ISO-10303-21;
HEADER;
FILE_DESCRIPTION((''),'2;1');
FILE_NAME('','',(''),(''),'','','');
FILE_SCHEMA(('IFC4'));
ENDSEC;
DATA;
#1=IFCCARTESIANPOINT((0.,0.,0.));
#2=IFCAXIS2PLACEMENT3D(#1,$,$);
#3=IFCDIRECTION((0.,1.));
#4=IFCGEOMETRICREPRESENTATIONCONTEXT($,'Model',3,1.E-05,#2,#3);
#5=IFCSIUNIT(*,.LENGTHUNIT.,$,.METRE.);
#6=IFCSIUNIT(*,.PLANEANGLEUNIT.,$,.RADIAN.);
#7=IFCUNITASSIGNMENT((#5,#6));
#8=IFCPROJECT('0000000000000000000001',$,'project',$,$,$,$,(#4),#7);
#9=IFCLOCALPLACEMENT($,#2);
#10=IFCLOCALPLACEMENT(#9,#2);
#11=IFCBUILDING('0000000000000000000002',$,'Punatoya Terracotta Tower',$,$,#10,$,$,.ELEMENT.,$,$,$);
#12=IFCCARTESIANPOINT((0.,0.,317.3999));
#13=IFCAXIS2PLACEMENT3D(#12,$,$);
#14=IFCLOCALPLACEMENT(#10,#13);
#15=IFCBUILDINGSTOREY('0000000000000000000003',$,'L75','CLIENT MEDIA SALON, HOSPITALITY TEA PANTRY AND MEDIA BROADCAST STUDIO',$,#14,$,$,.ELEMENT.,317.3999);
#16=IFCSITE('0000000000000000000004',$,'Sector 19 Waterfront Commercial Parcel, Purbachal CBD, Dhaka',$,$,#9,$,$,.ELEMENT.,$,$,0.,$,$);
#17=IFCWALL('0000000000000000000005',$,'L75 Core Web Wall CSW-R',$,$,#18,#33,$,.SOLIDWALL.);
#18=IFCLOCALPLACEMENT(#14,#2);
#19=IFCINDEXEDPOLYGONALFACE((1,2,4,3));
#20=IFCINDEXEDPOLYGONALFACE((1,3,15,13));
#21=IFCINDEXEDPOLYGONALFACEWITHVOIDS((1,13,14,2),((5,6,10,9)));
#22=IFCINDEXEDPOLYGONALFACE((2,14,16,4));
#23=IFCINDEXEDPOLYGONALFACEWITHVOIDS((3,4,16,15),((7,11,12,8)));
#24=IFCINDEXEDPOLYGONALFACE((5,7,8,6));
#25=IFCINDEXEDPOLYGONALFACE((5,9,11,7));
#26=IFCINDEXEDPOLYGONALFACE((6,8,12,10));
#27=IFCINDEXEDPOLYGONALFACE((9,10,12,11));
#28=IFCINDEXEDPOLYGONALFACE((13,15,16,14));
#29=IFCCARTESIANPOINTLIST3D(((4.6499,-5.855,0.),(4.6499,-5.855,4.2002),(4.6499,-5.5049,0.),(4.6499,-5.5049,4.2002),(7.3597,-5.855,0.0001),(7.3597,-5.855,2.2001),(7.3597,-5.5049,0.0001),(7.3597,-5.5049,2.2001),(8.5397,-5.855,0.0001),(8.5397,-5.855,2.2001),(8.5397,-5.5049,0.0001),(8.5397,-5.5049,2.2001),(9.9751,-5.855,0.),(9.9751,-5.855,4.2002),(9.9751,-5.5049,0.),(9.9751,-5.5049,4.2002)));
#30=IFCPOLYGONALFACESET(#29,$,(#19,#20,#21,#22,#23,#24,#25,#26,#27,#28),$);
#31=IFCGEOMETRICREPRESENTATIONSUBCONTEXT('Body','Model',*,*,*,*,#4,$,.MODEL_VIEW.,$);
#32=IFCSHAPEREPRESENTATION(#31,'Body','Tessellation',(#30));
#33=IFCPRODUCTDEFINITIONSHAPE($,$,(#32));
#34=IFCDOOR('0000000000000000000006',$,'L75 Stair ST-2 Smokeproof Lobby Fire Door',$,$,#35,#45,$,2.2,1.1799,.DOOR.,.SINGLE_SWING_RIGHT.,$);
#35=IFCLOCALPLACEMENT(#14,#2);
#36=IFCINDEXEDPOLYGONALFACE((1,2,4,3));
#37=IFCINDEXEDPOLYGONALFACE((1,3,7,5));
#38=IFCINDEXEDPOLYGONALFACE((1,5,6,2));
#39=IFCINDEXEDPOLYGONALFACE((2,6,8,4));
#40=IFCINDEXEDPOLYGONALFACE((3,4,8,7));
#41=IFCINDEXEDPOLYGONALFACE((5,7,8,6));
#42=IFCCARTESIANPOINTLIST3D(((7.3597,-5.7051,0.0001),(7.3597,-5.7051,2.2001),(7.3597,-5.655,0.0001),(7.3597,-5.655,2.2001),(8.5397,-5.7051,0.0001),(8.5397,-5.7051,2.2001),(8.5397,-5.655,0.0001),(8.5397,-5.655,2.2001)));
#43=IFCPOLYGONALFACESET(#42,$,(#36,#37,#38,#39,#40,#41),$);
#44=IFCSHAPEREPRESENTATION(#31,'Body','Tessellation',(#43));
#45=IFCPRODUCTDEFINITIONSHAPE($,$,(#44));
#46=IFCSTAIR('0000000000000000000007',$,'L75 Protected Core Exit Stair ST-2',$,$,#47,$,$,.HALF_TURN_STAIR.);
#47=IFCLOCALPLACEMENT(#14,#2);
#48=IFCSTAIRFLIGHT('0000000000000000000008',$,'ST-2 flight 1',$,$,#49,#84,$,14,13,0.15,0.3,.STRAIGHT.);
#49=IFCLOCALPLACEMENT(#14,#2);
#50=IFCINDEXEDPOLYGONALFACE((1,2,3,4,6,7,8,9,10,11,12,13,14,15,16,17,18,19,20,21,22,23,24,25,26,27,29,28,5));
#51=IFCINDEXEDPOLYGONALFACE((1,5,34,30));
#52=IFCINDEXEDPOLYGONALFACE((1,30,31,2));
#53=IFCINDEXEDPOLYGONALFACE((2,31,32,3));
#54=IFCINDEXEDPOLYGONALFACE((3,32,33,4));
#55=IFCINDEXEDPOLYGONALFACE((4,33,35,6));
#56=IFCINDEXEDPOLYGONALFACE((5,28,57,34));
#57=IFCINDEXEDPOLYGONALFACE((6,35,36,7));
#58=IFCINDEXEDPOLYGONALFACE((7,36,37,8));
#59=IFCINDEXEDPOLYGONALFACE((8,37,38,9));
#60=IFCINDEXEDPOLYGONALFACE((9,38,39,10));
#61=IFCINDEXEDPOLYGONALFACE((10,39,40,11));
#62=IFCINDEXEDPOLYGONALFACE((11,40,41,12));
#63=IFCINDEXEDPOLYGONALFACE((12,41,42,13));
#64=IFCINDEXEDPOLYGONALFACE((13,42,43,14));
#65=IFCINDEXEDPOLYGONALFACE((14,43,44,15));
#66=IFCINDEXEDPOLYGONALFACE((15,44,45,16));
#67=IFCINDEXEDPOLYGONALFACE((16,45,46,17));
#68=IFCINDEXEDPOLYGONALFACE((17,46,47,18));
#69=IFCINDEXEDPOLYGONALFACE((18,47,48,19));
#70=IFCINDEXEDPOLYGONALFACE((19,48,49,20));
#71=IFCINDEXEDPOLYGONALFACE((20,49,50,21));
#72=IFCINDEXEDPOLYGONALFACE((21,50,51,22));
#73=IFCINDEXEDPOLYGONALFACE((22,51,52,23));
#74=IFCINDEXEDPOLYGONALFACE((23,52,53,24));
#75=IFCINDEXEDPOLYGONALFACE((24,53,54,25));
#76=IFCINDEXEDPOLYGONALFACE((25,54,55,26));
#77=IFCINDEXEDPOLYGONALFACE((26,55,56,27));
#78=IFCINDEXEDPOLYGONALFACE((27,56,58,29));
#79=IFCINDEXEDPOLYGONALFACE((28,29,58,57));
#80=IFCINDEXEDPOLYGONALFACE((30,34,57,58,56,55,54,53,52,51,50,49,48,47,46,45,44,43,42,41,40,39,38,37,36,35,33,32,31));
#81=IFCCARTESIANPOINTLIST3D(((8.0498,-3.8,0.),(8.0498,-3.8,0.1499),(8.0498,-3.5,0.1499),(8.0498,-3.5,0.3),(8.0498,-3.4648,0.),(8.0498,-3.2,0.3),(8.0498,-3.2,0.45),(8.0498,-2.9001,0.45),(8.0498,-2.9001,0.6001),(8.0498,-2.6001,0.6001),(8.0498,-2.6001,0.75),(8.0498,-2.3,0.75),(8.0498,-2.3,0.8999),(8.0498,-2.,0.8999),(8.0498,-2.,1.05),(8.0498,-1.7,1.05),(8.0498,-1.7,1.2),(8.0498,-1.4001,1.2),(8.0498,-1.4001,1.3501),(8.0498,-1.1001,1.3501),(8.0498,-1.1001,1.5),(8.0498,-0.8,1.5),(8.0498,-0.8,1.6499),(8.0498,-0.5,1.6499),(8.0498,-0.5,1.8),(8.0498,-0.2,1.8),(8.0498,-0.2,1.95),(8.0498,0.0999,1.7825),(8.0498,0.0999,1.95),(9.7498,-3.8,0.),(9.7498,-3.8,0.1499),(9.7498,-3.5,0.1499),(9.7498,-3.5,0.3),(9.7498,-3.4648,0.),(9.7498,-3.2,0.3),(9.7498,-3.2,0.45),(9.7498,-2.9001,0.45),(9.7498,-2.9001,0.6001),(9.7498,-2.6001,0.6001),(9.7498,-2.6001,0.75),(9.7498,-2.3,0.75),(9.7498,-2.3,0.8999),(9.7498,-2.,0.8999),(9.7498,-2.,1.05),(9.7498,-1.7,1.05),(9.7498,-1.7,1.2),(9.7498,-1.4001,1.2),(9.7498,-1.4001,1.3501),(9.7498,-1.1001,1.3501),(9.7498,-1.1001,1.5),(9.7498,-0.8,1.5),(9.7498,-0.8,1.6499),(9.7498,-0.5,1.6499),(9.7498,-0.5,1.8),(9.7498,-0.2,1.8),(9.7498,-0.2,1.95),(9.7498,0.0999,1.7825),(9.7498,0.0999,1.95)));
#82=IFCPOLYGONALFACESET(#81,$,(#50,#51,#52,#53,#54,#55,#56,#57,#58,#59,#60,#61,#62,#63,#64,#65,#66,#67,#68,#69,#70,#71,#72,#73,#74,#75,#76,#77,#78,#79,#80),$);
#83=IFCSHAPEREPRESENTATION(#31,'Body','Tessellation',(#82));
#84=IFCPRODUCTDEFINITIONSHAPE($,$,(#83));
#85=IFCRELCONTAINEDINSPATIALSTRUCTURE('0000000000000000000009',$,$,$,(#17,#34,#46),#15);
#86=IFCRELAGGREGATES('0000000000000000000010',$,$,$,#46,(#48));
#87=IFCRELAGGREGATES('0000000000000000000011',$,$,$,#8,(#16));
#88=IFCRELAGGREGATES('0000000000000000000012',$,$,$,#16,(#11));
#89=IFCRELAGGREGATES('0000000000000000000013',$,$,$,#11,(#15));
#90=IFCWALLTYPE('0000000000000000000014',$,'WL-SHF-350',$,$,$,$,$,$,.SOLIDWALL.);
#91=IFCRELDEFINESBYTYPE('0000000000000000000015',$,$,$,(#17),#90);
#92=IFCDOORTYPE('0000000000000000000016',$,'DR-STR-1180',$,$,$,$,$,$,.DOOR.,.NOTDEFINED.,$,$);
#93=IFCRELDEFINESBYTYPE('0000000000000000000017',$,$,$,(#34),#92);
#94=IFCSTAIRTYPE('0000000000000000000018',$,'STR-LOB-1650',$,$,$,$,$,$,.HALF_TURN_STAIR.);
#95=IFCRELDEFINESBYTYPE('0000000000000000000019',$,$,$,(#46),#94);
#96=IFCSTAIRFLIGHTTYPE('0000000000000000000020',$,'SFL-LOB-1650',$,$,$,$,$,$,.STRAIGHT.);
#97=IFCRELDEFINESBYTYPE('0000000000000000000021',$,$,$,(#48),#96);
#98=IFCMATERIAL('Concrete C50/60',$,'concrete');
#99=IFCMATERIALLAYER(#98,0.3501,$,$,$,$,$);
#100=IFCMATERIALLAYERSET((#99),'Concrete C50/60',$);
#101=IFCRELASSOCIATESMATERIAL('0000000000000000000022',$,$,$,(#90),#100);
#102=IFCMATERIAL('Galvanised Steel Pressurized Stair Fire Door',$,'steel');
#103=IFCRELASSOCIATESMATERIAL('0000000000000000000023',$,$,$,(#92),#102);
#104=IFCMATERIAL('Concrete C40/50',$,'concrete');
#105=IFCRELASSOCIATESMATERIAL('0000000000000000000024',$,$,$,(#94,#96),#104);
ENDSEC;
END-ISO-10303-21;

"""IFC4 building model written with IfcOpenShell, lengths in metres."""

from ifc_helpers import new_model, si_unit, direction, frame, frame_2d, origin, place, context, subcontext, project, spatial, polyline, rectangle, outline, extrude, material, layer, layer_set, type_object, element, fill, aggregate, save


model = new_model("IFC4")

# Units and contexts
model_context = context("Model", 3, precision=1e-05, world=origin(), true_north=direction((0.0, 1.0)))
body_context = subcontext(model_context, "Body", "Model", "MODEL_VIEW")
ifc_project = project(units=[si_unit("LENGTHUNIT", "METRE"), si_unit("PLANEANGLEUNIT", "RADIAN")], contexts=[model_context])

# Site, building, storey
site_placement = place(None, origin())
site = spatial("IfcSite", under=ifc_project, at=site_placement, Name="Sector 19 Waterfront Commercial Parcel, Purbachal CBD, Dhaka", CompositionType="ELEMENT", RefElevation=0.0)
building_placement = place(site_placement, origin())
building = spatial("IfcBuilding", under=site, at=building_placement, Name="Punatoya Terracotta Tower", CompositionType="ELEMENT")
storey_placement = place(building_placement, frame((0.0, 0.0, 317.3999)))
storey = spatial("IfcBuildingStorey", under=building, at=storey_placement, Name="L75", Description="CLIENT MEDIA SALON, HOSPITALITY TEA PANTRY AND MEDIA BROADCAST STUDIO", CompositionType="ELEMENT", Elevation=317.3999)

# Shared definitions
ifc_material_1 = material(Name="Concrete C50/60", Category="concrete")

# Wall, opening, door
ifc_material_2 = material(Name="Concrete C40/50", Category="concrete")
ifc_layer_1 = layer(ifc_material_1, 0.3501)
ifc_layer_set_1 = layer_set([ifc_layer_1], Name="Concrete C50/60")
wall_type_1 = type_object("IfcWallType", Name="WL-SHF-350", PredefinedType="SOLIDWALL", material=ifc_layer_set_1)
wall_1_placement = place(storey_placement, frame((4.6499, -5.6799, 0.0), z_axis=(0.0, 0.0, 1.0), x_axis=(1.0, 0.0, 0.0)))
wall_1 = element("IfcWall", 1, at=wall_1_placement, inside=storey, type_object=wall_type_1, Name="L75 Core Web Wall CSW-R", PredefinedType="SOLIDWALL", context=body_context, shape_type="SweptSolid", body=[
    extrude(rectangle(XDim=5.3252, YDim=0.3501, at=frame_2d((2.6626, 0.0))), origin(), (0.0, 0.0, 1.0), 4.2002),
])
opening_1_placement = place(wall_1_placement, frame((2.71, 0.0, 0.0)))
opening_1 = element("IfcOpeningElement", 2, at=opening_1_placement, cuts=wall_1, PredefinedType="OPENING", context=body_context, shape_type="SweptSolid", body=[
    extrude(rectangle(XDim=1.1799, YDim=2.2, at=frame_2d((0.5898, 1.1001))), frame((0.0, 0.1851, 0.0), z_axis=(0.0, -1.0, 0.0), x_axis=(1.0, 0.0, 0.0)), (0.0, 0.0, 1.0), 0.3701),
])
ifc_material_3 = material(Name="Galvanised Steel Pressurized Stair Fire Door", Category="steel")
door_type_1 = type_object("IfcDoorType", Name="DR-STR-1180", OperationType="NOTDEFINED", PredefinedType="DOOR", material=ifc_material_3)
door_1_placement = place(opening_1_placement, origin())
door_1 = element("IfcDoor", 3, at=door_1_placement, inside=storey, type_object=door_type_1, Name="L75 Stair ST-2 Smokeproof Lobby Fire Door", OperationType="SINGLE_SWING_RIGHT", OverallHeight=2.2, OverallWidth=1.1799, PredefinedType="DOOR", context=body_context, shape_type="SweptSolid", body=[
    extrude(rectangle(XDim=1.1799, YDim=2.2, at=frame_2d((0.5898, 1.1001))), frame((0.0, 0.0249, 0.0), z_axis=(0.0, -1.0, 0.0), x_axis=(1.0, 0.0, 0.0)), (0.0, 0.0, 1.0), 0.05),
])
fill(opening_1, door_1)

# Stair, stair flight
stair_type = type_object("IfcStairType", Name="STR-LOB-1650", PredefinedType="HALF_TURN_STAIR", material=ifc_material_2)
stair_placement = place(storey_placement, origin())
stair = element("IfcStair", 4, at=stair_placement, inside=storey, type_object=stair_type, Name="L75 Protected Core Exit Stair ST-2", PredefinedType="HALF_TURN_STAIR")
stair_flight_type = type_object("IfcStairFlightType", Name="SFL-LOB-1650", PredefinedType="STRAIGHT", material=ifc_material_2)
stair_flight_placement = place(storey_placement, frame((8.8999, -3.8, 0.0), z_axis=(0.0, 0.0, 1.0), x_axis=(0.0, 1.0, 0.0)))
stair_flight = element("IfcStairFlight", 5, at=stair_flight_placement, type_object=stair_flight_type, Name="ST-2 flight 1", NumberOfRisers=14, NumberOfTreads=13, PredefinedType="STRAIGHT", RiserHeight=0.15, TreadLength=0.3, context=body_context, shape_type="SweptSolid", body=[
    extrude(outline(polyline([(0.0, 0.0), (0.0, 0.1499), (0.3, 0.1499), (0.3, 0.3), (0.6001, 0.3), (0.6001, 0.45), (0.8999, 0.45), (0.8999, 0.6001), (1.2, 0.6001), (1.2, 0.75), (1.5, 0.75), (1.5, 0.8999), (1.8, 0.8999), (1.8, 1.05), (2.1001, 1.05), (2.1001, 1.2), (2.3999, 1.2), (2.3999, 1.3501), (2.7, 1.3501), (2.7, 1.5), (3.0, 1.5), (3.0, 1.6499), (3.3, 1.6499), (3.3, 1.8), (3.6001, 1.8), (3.6001, 1.95), (3.8999, 1.95), (3.8999, 2.1001), (3.8999, 1.7825), (0.3352, 0.0), (0.0, 0.0)])), frame((0.0, 0.8501, 0.0), z_axis=(0.0, -1.0, 0.0), x_axis=(1.0, 0.0, 0.0)), (0.0, 0.0, 1.0), 1.7),
])
aggregate(stair, [stair_flight])

save(model, "model.ifc")
